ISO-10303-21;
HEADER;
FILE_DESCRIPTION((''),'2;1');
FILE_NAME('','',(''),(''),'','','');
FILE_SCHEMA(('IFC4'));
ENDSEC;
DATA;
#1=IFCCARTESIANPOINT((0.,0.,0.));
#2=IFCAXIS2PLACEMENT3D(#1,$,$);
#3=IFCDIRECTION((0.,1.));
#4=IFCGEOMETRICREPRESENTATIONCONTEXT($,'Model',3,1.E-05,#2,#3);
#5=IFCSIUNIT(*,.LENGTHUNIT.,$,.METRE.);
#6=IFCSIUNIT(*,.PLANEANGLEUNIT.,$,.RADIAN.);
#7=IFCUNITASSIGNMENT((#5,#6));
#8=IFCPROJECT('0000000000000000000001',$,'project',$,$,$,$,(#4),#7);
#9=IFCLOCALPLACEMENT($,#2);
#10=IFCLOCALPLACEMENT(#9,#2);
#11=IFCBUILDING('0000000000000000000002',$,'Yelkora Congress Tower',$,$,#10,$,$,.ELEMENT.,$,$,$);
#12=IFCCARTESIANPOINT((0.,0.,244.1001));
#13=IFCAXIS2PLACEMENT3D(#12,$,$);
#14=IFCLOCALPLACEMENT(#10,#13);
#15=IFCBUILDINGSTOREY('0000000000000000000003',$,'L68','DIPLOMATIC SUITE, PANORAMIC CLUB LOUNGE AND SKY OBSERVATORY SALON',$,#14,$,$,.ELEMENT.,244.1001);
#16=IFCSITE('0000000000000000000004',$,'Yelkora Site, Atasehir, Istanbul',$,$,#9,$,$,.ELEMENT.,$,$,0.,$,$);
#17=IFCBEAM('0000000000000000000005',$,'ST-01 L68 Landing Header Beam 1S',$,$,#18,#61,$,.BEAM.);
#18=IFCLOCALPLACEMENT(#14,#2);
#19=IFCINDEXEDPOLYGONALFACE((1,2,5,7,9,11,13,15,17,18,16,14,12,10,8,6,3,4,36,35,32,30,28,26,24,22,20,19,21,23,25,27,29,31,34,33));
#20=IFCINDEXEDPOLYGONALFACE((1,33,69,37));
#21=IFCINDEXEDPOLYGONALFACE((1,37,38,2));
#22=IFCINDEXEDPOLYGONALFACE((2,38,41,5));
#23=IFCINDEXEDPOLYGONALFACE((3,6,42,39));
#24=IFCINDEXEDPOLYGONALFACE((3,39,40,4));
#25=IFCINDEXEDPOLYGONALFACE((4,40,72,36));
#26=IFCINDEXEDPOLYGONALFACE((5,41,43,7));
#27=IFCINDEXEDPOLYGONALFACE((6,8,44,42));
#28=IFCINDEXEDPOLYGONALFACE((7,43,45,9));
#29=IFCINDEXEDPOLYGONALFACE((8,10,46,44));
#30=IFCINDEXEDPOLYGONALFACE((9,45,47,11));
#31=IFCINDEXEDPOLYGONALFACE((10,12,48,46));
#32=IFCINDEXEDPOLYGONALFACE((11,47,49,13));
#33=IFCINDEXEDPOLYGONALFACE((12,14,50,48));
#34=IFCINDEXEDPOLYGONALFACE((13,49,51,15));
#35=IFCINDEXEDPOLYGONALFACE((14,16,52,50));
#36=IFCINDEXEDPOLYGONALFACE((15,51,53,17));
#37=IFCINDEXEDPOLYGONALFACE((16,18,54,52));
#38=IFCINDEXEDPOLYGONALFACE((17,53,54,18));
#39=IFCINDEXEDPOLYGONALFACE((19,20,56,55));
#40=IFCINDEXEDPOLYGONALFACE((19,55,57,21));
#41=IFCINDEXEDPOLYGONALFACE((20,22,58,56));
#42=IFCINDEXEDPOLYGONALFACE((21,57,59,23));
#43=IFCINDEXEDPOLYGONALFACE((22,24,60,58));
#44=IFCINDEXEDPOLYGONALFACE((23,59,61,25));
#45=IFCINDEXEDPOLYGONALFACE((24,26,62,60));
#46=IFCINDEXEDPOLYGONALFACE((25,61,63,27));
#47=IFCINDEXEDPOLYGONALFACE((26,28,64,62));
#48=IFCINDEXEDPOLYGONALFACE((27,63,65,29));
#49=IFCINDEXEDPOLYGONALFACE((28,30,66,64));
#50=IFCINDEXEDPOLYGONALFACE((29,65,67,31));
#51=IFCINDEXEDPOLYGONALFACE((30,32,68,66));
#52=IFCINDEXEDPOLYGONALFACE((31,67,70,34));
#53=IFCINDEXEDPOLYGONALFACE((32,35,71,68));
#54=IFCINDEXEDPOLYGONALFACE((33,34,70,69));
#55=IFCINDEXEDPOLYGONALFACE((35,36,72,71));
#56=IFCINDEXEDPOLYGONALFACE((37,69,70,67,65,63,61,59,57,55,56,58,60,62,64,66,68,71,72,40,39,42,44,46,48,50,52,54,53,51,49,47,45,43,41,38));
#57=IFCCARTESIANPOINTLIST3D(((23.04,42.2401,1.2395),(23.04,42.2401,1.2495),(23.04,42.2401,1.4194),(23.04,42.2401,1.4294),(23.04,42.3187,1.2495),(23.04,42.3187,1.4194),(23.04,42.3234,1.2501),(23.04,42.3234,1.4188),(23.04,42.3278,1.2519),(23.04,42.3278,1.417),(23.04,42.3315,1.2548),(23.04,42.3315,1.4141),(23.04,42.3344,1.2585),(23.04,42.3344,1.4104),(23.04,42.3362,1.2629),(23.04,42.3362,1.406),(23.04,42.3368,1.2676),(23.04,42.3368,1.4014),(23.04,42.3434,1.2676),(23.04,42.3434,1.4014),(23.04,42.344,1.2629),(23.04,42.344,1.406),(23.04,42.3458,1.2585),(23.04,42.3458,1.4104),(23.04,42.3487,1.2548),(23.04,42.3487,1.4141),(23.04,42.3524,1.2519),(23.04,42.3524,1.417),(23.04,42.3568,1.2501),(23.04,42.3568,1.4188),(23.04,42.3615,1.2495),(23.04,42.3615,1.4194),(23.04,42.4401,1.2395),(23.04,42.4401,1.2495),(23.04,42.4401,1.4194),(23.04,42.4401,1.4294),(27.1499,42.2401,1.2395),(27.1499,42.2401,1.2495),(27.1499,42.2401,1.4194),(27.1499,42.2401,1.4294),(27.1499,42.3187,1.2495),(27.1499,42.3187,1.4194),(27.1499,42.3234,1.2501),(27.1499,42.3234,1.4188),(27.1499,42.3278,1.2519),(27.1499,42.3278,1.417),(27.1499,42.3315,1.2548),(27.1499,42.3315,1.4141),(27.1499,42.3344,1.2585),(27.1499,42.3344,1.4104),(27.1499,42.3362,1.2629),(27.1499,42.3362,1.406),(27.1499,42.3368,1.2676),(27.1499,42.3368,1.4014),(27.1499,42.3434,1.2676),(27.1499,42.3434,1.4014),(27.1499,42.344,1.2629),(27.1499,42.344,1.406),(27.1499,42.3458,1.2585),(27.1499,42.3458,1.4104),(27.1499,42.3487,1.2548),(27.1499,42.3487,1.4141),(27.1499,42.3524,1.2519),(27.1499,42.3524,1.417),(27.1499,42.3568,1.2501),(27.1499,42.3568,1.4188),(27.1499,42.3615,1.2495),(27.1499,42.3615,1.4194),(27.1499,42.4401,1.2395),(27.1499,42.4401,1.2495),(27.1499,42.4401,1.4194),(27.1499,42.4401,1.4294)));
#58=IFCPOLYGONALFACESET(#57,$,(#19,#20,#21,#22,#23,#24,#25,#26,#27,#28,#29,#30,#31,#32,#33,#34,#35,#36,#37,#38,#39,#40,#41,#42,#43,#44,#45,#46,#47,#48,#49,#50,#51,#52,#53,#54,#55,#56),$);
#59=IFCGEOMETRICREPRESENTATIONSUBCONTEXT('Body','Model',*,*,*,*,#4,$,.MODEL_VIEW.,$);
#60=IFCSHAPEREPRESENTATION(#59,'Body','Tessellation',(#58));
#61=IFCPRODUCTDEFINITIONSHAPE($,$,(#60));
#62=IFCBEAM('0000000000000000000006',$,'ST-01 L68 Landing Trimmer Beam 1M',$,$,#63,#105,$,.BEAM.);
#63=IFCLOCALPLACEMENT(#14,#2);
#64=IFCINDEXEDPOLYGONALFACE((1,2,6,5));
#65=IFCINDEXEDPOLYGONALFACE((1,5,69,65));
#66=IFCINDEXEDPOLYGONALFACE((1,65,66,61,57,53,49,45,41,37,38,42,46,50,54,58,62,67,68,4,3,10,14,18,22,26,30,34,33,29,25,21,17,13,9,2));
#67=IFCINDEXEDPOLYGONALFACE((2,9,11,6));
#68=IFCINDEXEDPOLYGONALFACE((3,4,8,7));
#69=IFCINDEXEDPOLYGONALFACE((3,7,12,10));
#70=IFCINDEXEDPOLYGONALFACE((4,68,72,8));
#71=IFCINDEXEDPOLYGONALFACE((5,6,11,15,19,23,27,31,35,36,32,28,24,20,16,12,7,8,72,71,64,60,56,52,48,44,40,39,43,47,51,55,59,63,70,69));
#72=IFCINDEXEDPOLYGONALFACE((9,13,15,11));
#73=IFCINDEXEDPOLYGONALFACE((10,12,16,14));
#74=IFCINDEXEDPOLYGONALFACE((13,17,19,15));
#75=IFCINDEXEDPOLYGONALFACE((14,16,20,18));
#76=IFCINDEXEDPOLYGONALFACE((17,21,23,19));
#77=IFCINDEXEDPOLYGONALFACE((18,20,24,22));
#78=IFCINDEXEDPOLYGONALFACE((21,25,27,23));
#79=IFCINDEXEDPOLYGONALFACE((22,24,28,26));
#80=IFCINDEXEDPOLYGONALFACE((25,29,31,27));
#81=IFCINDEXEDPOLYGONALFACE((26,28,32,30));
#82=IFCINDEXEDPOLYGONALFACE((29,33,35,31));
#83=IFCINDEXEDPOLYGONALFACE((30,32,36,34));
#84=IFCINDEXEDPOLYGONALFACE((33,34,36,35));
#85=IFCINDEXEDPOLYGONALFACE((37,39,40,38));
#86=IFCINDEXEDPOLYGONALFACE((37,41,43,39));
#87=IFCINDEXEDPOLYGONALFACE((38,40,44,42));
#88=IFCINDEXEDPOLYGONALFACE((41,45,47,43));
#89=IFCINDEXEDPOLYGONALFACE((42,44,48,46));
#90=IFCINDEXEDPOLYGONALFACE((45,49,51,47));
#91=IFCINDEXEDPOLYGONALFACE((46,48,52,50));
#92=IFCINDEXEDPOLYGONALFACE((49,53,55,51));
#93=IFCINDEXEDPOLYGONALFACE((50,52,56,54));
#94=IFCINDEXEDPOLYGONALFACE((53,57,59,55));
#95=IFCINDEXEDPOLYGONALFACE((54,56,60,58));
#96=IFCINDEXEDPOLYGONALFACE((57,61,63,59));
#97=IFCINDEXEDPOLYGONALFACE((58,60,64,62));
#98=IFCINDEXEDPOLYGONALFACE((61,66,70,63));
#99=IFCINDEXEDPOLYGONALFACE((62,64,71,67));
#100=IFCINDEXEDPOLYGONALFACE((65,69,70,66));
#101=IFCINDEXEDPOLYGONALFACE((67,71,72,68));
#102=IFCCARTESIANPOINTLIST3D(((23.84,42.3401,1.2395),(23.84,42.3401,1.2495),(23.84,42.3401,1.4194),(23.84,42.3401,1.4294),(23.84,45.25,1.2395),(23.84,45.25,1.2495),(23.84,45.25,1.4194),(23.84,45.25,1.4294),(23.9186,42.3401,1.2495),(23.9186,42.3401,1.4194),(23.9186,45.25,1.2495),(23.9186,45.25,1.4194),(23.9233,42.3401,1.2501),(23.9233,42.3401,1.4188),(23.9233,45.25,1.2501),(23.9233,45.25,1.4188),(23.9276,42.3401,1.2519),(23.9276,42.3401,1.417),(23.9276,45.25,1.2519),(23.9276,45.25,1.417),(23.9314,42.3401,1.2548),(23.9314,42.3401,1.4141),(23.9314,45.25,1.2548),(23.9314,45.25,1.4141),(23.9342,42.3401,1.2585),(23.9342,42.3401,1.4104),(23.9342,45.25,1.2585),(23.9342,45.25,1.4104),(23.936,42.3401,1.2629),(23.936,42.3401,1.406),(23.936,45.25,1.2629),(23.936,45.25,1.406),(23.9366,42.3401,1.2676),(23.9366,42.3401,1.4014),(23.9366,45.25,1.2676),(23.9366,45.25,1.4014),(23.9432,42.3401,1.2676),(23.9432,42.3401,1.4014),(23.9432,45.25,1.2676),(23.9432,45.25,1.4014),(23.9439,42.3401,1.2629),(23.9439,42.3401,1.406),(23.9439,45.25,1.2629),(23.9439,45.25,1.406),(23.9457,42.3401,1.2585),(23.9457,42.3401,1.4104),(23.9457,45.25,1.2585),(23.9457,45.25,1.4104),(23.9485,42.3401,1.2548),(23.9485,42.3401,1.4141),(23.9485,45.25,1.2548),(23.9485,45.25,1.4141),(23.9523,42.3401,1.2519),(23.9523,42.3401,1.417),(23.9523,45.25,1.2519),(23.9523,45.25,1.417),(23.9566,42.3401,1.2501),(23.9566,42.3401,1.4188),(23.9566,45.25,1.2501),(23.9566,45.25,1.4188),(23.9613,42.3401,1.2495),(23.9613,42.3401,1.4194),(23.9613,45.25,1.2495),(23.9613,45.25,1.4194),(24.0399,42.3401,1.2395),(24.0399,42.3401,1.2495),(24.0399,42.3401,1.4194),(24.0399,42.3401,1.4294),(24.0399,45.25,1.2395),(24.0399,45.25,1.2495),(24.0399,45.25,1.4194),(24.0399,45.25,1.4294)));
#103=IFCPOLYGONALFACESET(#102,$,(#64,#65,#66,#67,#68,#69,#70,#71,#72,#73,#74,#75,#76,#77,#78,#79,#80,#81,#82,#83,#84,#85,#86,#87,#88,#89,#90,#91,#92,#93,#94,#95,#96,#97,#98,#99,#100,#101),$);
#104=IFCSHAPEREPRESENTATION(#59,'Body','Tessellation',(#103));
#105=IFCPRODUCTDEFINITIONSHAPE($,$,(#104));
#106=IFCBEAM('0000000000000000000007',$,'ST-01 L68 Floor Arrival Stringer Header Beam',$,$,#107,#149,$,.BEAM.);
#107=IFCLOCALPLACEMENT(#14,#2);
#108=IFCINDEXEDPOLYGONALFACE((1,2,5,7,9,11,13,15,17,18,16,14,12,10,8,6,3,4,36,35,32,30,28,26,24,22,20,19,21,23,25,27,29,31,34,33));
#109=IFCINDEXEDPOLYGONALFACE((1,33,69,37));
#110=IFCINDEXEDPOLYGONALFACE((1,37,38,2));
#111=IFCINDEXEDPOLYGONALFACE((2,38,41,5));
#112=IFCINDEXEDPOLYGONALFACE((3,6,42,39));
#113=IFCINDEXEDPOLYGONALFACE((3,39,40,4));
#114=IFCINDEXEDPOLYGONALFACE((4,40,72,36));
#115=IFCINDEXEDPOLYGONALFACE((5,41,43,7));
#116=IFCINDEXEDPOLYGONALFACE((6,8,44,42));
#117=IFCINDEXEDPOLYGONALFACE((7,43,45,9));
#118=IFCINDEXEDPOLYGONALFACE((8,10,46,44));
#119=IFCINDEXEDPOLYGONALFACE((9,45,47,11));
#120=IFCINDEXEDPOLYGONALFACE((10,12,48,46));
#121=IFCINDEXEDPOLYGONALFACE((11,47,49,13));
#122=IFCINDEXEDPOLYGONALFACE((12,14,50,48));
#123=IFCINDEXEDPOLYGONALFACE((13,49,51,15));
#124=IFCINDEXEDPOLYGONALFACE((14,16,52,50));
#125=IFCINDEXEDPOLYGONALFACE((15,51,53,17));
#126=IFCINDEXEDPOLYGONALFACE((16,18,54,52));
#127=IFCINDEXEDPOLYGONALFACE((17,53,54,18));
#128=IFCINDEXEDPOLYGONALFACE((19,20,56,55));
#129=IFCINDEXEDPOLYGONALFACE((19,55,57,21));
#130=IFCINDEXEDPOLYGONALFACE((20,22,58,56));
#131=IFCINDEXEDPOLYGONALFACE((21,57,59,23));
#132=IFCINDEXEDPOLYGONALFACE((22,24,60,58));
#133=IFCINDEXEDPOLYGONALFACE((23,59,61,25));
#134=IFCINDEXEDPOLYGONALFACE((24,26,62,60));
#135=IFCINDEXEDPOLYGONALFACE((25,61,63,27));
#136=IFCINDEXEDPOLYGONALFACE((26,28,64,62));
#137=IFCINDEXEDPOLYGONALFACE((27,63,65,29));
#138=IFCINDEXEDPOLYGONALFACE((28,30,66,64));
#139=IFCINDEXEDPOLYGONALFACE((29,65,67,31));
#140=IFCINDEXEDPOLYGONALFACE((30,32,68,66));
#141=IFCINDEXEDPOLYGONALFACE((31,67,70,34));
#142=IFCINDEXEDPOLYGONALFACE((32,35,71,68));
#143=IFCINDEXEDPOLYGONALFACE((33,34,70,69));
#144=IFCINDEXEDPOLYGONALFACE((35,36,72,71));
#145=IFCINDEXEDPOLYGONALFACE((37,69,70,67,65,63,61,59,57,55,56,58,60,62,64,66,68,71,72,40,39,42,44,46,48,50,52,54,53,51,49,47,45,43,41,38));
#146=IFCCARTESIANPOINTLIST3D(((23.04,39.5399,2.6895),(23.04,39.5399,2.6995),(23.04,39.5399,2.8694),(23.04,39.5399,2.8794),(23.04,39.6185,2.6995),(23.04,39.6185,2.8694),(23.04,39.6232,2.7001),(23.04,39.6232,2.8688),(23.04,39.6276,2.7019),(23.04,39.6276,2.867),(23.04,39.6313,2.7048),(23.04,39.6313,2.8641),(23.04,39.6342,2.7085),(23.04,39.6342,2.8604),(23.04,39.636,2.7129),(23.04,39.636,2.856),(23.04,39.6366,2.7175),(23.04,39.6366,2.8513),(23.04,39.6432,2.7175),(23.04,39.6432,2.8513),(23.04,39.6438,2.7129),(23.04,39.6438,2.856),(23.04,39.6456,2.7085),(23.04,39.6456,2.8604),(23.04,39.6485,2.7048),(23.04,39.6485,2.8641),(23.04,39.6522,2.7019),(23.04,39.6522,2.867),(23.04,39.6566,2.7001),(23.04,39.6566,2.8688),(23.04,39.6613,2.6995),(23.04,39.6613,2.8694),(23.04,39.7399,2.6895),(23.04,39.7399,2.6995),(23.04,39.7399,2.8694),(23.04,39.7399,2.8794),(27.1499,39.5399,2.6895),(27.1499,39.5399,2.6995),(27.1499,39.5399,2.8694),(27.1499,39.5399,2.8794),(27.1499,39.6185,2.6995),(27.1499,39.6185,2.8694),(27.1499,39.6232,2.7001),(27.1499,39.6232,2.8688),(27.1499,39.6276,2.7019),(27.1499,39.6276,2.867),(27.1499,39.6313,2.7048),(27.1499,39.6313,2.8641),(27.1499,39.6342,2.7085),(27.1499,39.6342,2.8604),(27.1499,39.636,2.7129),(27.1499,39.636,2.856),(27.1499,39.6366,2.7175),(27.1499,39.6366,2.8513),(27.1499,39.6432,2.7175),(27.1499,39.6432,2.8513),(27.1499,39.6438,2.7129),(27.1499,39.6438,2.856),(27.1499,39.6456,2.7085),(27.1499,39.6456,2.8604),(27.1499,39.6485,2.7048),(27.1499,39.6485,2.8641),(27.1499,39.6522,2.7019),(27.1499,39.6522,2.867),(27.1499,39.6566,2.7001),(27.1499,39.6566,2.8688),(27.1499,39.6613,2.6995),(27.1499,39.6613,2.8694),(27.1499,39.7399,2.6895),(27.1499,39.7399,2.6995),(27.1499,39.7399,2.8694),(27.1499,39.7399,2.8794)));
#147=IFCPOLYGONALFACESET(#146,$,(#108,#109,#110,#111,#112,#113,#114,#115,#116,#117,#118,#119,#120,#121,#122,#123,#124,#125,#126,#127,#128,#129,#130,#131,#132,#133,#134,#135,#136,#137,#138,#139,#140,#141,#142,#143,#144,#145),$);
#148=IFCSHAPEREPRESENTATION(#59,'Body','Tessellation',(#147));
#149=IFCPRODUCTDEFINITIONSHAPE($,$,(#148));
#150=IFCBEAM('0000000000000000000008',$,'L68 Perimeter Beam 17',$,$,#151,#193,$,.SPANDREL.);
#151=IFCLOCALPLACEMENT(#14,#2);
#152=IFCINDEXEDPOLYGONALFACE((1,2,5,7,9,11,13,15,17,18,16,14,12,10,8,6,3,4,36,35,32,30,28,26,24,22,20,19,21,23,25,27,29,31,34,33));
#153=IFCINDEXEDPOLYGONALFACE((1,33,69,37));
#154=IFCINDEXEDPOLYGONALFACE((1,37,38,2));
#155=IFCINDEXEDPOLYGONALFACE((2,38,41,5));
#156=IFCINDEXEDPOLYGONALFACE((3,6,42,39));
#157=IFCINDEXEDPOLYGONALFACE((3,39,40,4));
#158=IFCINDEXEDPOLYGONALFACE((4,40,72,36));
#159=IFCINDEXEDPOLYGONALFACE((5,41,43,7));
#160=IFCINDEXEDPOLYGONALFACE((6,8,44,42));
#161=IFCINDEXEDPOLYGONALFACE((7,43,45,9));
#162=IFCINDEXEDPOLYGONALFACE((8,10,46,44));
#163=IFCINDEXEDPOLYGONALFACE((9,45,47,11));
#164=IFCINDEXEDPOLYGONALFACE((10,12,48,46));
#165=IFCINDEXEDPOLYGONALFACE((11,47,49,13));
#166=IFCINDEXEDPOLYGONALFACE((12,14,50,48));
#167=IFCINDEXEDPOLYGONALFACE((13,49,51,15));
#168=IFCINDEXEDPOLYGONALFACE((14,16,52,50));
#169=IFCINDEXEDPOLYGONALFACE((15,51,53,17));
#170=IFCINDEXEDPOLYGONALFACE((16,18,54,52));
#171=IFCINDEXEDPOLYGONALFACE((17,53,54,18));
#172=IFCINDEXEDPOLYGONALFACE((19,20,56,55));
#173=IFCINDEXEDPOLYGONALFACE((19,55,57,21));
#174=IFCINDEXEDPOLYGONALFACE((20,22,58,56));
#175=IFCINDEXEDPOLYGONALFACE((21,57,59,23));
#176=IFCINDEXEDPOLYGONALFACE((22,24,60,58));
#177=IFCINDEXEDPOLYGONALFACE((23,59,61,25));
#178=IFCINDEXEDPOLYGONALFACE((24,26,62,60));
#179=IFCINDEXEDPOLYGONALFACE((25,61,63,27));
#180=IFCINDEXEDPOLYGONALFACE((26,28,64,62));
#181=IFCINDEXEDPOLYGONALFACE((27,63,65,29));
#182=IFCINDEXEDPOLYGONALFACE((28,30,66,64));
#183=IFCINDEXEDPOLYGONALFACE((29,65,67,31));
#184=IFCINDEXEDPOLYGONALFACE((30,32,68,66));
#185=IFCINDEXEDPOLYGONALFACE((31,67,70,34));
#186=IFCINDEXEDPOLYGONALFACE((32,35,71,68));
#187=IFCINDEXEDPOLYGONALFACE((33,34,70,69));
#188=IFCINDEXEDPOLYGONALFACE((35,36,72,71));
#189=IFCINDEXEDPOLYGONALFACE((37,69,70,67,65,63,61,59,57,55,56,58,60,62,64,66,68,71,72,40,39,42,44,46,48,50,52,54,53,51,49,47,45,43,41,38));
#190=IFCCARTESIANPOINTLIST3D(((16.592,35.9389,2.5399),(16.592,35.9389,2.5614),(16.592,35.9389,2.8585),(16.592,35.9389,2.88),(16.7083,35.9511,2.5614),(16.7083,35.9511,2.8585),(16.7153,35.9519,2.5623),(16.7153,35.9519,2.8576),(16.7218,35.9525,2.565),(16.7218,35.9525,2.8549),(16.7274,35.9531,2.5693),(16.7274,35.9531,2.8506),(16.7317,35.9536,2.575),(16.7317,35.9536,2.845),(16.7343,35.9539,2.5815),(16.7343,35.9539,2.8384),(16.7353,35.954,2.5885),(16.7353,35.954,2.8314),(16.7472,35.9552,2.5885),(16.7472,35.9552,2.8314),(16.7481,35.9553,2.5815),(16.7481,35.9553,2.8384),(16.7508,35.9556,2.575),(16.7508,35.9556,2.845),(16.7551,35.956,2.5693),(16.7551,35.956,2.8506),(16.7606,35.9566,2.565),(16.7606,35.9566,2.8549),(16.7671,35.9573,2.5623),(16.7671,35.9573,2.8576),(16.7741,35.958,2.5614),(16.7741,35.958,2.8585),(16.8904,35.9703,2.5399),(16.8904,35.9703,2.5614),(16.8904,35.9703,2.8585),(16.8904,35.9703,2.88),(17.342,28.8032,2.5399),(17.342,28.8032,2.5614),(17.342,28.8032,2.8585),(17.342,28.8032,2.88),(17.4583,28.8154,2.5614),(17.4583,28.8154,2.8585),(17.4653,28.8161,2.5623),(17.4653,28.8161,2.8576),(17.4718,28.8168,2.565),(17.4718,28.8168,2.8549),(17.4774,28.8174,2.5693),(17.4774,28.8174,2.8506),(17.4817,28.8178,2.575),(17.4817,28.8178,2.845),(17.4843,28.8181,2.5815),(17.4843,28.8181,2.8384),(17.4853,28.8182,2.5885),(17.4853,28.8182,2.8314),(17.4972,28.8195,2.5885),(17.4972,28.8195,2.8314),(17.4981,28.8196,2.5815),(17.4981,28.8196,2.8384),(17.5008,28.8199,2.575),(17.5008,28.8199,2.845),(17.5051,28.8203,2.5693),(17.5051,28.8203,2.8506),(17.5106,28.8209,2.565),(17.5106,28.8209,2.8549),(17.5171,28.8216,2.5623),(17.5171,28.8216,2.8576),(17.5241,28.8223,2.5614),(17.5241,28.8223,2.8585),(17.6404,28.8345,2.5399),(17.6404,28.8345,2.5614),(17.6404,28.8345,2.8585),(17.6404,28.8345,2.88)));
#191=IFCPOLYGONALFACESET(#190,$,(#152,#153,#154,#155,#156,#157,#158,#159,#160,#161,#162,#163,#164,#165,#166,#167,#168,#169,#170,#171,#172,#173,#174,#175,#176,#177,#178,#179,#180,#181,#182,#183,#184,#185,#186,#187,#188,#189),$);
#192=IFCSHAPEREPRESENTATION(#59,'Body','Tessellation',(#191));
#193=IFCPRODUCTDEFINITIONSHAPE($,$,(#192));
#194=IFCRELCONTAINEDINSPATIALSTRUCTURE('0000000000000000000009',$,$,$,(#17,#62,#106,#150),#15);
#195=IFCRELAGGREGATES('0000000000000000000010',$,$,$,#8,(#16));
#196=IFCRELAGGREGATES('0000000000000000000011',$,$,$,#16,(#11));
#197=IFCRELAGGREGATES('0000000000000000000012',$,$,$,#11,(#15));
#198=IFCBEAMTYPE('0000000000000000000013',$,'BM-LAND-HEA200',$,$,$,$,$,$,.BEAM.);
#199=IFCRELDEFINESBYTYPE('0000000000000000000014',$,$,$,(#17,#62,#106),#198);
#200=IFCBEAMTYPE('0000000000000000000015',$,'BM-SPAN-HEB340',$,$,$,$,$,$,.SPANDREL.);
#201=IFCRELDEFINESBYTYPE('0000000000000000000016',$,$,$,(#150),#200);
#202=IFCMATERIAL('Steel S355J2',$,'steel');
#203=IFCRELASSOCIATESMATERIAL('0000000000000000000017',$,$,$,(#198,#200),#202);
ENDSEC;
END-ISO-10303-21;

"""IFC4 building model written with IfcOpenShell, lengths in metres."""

from ifc_helpers import new_model, si_unit, direction, frame, origin, origin_2d, place, context, subcontext, project, spatial, i_section, extrude, material, material_profile, profile_set, type_object, element, save


model = new_model("IFC4")

# Units and contexts
model_context = context("Model", 3, precision=1e-05, world=origin(), true_north=direction((0.0, 1.0)))
body_context = subcontext(model_context, "Body", "Model", "MODEL_VIEW")
ifc_project = project(units=[si_unit("LENGTHUNIT", "METRE"), si_unit("PLANEANGLEUNIT", "RADIAN")], contexts=[model_context])

# Site, building, storey
site_placement = place(None, origin())
site = spatial("IfcSite", under=ifc_project, at=site_placement, Name="Yelkora Site, Atasehir, Istanbul", CompositionType="ELEMENT", RefElevation=0.0)
building_placement = place(site_placement, origin())
building = spatial("IfcBuilding", under=site, at=building_placement, Name="Yelkora Congress Tower", CompositionType="ELEMENT")
storey_placement = place(building_placement, frame((0.0, 0.0, 244.1001)))
storey = spatial("IfcBuildingStorey", under=building, at=storey_placement, Name="L68", Description="DIPLOMATIC SUITE, PANORAMIC CLUB LOUNGE AND SKY OBSERVATORY SALON", CompositionType="ELEMENT", Elevation=244.1001)

# Shared definitions
ifc_material_1 = material(Name="Steel S355J2", Category="steel")

# Beams
ifc_material_profile_1 = material_profile(ifc_material_1, i_section(OverallWidth=0.2, OverallDepth=0.1899, WebThickness=0.0066, FlangeThickness=0.01, FilletRadius=0.0181, at=origin_2d()), Name="HEA 200")
ifc_profile_set_1 = profile_set([ifc_material_profile_1], Name="Steel S355J2")
beam_type_1 = type_object("IfcBeamType", Name="BM-LAND-HEA200", PredefinedType="BEAM", material=ifc_profile_set_1)
beam_1_placement = place(storey_placement, frame((23.04, 42.3401, 1.3345), z_axis=(1.0, 0.0, 0.0), x_axis=(0.0, 1.0, 0.0)))
element("IfcBeam", 1, at=beam_1_placement, inside=storey, type_object=beam_type_1, Name="ST-01 L68 Landing Header Beam 1S", PredefinedType="BEAM", context=body_context, shape_type="SweptSolid", body=[
    extrude(i_section(OverallWidth=0.2, OverallDepth=0.1899, WebThickness=0.0066, FlangeThickness=0.01, FilletRadius=0.0181, at=origin_2d()), origin(), (0.0, 0.0, 1.0), 4.1099),
])
beam_2_placement = place(storey_placement, frame((23.9399, 42.3401, 1.3345), z_axis=(0.0, 1.0, 0.0), x_axis=(-1.0, 0.0, 0.0)))
element("IfcBeam", 2, at=beam_2_placement, inside=storey, type_object=beam_type_1, Name="ST-01 L68 Landing Trimmer Beam 1M", PredefinedType="BEAM", context=body_context, shape_type="SweptSolid", body=[
    extrude(i_section(OverallWidth=0.2, OverallDepth=0.1899, WebThickness=0.0066, FlangeThickness=0.01, FilletRadius=0.0181, at=origin_2d()), origin(), (0.0, 0.0, 1.0), 2.9099),
])
beam_3_placement = place(storey_placement, frame((23.04, 39.6399, 2.7844), z_axis=(1.0, 0.0, 0.0), x_axis=(0.0, 1.0, 0.0)))
element("IfcBeam", 3, at=beam_3_placement, inside=storey, type_object=beam_type_1, Name="ST-01 L68 Floor Arrival Stringer Header Beam", PredefinedType="BEAM", context=body_context, shape_type="SweptSolid", body=[
    extrude(i_section(OverallWidth=0.2, OverallDepth=0.1899, WebThickness=0.0066, FlangeThickness=0.01, FilletRadius=0.0181, at=origin_2d()), origin(), (0.0, 0.0, 1.0), 4.1099),
])
ifc_material_profile_2 = material_profile(ifc_material_1, i_section(OverallWidth=0.3, OverallDepth=0.3401, WebThickness=0.012, FlangeThickness=0.0215, FilletRadius=0.0271, at=origin_2d()), Name="HEB 340")
ifc_profile_set_2 = profile_set([ifc_material_profile_2], Name="Steel S355J2")
beam_type_2 = type_object("IfcBeamType", Name="BM-SPAN-HEB340", PredefinedType="SPANDREL", material=ifc_profile_set_2)
beam_4_placement = place(storey_placement, frame((16.7412, 35.9546, 2.71), z_axis=(0.104529, -0.994522, 0.0), x_axis=(0.994522, 0.104529, 0.0)))
element("IfcBeam", 4, at=beam_4_placement, inside=storey, type_object=beam_type_2, Name="L68 Perimeter Beam 17", PredefinedType="SPANDREL", context=body_context, shape_type="SweptSolid", body=[
    extrude(i_section(OverallWidth=0.3, OverallDepth=0.3401, WebThickness=0.012, FlangeThickness=0.0215, FilletRadius=0.0271, at=origin_2d()), origin(), (0.0, 0.0, 1.0), 7.175),
])

save(model, "model.ifc")
